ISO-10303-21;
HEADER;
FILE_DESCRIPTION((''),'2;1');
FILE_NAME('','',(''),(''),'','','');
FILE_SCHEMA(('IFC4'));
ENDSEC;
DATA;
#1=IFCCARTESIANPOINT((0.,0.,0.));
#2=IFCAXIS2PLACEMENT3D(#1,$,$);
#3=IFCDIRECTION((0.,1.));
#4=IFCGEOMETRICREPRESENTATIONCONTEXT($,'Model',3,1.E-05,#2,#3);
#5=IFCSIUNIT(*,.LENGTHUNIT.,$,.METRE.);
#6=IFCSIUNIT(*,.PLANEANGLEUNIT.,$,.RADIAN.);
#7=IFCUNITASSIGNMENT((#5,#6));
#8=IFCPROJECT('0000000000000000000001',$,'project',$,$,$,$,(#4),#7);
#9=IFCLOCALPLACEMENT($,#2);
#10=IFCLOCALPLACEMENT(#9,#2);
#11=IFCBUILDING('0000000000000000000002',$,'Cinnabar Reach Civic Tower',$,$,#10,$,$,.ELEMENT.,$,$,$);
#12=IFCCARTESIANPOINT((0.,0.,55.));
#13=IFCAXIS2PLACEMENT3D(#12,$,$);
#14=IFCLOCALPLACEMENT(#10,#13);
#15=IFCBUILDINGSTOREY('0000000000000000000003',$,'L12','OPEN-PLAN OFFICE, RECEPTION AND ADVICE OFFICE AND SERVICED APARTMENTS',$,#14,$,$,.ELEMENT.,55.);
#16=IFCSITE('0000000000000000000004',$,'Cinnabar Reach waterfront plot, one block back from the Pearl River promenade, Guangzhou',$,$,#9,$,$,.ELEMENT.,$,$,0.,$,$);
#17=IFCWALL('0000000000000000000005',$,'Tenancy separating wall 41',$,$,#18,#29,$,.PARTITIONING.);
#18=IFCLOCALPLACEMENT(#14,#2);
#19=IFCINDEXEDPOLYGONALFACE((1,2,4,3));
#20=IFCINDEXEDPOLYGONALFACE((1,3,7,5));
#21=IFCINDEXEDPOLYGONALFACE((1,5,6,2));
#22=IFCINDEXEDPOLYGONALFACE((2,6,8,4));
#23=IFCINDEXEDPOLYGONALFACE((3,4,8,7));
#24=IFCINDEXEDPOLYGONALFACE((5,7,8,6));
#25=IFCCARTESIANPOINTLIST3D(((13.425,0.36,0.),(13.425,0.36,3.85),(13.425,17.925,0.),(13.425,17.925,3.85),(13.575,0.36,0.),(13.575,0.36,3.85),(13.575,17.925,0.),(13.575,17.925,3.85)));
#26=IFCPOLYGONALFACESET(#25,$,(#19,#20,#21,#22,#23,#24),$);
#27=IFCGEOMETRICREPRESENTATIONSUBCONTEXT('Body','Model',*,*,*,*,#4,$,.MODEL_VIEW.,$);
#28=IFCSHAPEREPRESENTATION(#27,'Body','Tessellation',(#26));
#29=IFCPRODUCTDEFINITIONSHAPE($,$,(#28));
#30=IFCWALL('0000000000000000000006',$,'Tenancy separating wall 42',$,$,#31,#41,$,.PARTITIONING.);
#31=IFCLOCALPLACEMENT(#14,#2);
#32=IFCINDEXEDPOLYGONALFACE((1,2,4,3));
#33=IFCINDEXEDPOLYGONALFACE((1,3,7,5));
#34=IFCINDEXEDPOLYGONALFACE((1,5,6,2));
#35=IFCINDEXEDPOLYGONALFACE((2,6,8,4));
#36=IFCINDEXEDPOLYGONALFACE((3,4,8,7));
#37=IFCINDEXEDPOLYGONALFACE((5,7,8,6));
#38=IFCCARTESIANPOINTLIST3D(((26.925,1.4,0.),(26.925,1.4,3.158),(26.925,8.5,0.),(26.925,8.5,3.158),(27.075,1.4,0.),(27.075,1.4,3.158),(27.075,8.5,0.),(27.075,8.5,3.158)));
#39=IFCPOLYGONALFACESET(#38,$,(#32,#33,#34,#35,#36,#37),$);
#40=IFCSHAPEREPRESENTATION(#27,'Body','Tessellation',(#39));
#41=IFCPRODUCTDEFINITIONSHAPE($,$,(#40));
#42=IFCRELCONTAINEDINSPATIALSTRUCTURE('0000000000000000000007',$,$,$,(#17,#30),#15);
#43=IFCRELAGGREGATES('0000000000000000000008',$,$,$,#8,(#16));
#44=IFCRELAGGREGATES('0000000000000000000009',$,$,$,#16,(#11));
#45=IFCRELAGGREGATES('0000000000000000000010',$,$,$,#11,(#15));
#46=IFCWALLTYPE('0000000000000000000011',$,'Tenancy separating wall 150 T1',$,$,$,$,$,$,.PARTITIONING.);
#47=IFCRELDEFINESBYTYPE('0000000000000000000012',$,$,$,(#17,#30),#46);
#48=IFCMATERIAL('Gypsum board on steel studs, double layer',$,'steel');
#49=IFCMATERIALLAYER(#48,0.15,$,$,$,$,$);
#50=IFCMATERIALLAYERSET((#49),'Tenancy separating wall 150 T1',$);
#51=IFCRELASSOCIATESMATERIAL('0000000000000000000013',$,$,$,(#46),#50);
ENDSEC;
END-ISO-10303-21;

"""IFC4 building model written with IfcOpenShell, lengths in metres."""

from ifc_helpers import new_model, si_unit, direction, frame, frame_2d, origin, place, context, subcontext, project, spatial, rectangle, extrude, material, layer, layer_set, type_object, element, save


model = new_model("IFC4")

# Units and contexts
model_context = context("Model", 3, precision=1e-05, world=origin(), true_north=direction((0.0, 1.0)))
body_context = subcontext(model_context, "Body", "Model", "MODEL_VIEW")
ifc_project = project(units=[si_unit("LENGTHUNIT", "METRE"), si_unit("PLANEANGLEUNIT", "RADIAN")], contexts=[model_context])

# Site, building, storey
site_placement = place(None, origin())
site = spatial("IfcSite", under=ifc_project, at=site_placement, Name="Cinnabar Reach waterfront plot, one block back from the Pearl River promenade, Guangzhou", CompositionType="ELEMENT", RefElevation=0.0)
building_placement = place(site_placement, origin())
building = spatial("IfcBuilding", under=site, at=building_placement, Name="Cinnabar Reach Civic Tower", CompositionType="ELEMENT")
storey_placement = place(building_placement, frame((0.0, 0.0, 55.0)))
storey = spatial("IfcBuildingStorey", under=building, at=storey_placement, Name="L12", Description="OPEN-PLAN OFFICE, RECEPTION AND ADVICE OFFICE AND SERVICED APARTMENTS", CompositionType="ELEMENT", Elevation=55.0)

# Walls
ifc_material_1 = material(Name="Gypsum board on steel studs, double layer", Category="steel")
ifc_layer = layer(ifc_material_1, 0.15)
ifc_layer_set = layer_set([ifc_layer], Name="Tenancy separating wall 150 T1")
wall_type = type_object("IfcWallType", Name="Tenancy separating wall 150 T1", PredefinedType="PARTITIONING", material=ifc_layer_set)
wall_1_placement = place(storey_placement, frame((13.5, 0.36, 0.0), z_axis=(0.0, 0.0, 1.0), x_axis=(0.0, 1.0, 0.0)))
element("IfcWall", 1, at=wall_1_placement, inside=storey, type_object=wall_type, Name="Tenancy separating wall 41", PredefinedType="PARTITIONING", context=body_context, shape_type="SweptSolid", body=[
    extrude(rectangle(XDim=17.565, YDim=0.15, at=frame_2d((8.7825, 0.0))), origin(), (0.0, 0.0, 1.0), 3.85),
])
wall_2_placement = place(storey_placement, frame((27.0, 1.4, 0.0), z_axis=(0.0, 0.0, 1.0), x_axis=(0.0, 1.0, 0.0)))
element("IfcWall", 2, at=wall_2_placement, inside=storey, type_object=wall_type, Name="Tenancy separating wall 42", PredefinedType="PARTITIONING", context=body_context, shape_type="SweptSolid", body=[
    extrude(rectangle(XDim=7.1, YDim=0.15, at=frame_2d((3.55, 0.0))), origin(), (0.0, 0.0, 1.0), 3.158),
])

save(model, "model.ifc")
